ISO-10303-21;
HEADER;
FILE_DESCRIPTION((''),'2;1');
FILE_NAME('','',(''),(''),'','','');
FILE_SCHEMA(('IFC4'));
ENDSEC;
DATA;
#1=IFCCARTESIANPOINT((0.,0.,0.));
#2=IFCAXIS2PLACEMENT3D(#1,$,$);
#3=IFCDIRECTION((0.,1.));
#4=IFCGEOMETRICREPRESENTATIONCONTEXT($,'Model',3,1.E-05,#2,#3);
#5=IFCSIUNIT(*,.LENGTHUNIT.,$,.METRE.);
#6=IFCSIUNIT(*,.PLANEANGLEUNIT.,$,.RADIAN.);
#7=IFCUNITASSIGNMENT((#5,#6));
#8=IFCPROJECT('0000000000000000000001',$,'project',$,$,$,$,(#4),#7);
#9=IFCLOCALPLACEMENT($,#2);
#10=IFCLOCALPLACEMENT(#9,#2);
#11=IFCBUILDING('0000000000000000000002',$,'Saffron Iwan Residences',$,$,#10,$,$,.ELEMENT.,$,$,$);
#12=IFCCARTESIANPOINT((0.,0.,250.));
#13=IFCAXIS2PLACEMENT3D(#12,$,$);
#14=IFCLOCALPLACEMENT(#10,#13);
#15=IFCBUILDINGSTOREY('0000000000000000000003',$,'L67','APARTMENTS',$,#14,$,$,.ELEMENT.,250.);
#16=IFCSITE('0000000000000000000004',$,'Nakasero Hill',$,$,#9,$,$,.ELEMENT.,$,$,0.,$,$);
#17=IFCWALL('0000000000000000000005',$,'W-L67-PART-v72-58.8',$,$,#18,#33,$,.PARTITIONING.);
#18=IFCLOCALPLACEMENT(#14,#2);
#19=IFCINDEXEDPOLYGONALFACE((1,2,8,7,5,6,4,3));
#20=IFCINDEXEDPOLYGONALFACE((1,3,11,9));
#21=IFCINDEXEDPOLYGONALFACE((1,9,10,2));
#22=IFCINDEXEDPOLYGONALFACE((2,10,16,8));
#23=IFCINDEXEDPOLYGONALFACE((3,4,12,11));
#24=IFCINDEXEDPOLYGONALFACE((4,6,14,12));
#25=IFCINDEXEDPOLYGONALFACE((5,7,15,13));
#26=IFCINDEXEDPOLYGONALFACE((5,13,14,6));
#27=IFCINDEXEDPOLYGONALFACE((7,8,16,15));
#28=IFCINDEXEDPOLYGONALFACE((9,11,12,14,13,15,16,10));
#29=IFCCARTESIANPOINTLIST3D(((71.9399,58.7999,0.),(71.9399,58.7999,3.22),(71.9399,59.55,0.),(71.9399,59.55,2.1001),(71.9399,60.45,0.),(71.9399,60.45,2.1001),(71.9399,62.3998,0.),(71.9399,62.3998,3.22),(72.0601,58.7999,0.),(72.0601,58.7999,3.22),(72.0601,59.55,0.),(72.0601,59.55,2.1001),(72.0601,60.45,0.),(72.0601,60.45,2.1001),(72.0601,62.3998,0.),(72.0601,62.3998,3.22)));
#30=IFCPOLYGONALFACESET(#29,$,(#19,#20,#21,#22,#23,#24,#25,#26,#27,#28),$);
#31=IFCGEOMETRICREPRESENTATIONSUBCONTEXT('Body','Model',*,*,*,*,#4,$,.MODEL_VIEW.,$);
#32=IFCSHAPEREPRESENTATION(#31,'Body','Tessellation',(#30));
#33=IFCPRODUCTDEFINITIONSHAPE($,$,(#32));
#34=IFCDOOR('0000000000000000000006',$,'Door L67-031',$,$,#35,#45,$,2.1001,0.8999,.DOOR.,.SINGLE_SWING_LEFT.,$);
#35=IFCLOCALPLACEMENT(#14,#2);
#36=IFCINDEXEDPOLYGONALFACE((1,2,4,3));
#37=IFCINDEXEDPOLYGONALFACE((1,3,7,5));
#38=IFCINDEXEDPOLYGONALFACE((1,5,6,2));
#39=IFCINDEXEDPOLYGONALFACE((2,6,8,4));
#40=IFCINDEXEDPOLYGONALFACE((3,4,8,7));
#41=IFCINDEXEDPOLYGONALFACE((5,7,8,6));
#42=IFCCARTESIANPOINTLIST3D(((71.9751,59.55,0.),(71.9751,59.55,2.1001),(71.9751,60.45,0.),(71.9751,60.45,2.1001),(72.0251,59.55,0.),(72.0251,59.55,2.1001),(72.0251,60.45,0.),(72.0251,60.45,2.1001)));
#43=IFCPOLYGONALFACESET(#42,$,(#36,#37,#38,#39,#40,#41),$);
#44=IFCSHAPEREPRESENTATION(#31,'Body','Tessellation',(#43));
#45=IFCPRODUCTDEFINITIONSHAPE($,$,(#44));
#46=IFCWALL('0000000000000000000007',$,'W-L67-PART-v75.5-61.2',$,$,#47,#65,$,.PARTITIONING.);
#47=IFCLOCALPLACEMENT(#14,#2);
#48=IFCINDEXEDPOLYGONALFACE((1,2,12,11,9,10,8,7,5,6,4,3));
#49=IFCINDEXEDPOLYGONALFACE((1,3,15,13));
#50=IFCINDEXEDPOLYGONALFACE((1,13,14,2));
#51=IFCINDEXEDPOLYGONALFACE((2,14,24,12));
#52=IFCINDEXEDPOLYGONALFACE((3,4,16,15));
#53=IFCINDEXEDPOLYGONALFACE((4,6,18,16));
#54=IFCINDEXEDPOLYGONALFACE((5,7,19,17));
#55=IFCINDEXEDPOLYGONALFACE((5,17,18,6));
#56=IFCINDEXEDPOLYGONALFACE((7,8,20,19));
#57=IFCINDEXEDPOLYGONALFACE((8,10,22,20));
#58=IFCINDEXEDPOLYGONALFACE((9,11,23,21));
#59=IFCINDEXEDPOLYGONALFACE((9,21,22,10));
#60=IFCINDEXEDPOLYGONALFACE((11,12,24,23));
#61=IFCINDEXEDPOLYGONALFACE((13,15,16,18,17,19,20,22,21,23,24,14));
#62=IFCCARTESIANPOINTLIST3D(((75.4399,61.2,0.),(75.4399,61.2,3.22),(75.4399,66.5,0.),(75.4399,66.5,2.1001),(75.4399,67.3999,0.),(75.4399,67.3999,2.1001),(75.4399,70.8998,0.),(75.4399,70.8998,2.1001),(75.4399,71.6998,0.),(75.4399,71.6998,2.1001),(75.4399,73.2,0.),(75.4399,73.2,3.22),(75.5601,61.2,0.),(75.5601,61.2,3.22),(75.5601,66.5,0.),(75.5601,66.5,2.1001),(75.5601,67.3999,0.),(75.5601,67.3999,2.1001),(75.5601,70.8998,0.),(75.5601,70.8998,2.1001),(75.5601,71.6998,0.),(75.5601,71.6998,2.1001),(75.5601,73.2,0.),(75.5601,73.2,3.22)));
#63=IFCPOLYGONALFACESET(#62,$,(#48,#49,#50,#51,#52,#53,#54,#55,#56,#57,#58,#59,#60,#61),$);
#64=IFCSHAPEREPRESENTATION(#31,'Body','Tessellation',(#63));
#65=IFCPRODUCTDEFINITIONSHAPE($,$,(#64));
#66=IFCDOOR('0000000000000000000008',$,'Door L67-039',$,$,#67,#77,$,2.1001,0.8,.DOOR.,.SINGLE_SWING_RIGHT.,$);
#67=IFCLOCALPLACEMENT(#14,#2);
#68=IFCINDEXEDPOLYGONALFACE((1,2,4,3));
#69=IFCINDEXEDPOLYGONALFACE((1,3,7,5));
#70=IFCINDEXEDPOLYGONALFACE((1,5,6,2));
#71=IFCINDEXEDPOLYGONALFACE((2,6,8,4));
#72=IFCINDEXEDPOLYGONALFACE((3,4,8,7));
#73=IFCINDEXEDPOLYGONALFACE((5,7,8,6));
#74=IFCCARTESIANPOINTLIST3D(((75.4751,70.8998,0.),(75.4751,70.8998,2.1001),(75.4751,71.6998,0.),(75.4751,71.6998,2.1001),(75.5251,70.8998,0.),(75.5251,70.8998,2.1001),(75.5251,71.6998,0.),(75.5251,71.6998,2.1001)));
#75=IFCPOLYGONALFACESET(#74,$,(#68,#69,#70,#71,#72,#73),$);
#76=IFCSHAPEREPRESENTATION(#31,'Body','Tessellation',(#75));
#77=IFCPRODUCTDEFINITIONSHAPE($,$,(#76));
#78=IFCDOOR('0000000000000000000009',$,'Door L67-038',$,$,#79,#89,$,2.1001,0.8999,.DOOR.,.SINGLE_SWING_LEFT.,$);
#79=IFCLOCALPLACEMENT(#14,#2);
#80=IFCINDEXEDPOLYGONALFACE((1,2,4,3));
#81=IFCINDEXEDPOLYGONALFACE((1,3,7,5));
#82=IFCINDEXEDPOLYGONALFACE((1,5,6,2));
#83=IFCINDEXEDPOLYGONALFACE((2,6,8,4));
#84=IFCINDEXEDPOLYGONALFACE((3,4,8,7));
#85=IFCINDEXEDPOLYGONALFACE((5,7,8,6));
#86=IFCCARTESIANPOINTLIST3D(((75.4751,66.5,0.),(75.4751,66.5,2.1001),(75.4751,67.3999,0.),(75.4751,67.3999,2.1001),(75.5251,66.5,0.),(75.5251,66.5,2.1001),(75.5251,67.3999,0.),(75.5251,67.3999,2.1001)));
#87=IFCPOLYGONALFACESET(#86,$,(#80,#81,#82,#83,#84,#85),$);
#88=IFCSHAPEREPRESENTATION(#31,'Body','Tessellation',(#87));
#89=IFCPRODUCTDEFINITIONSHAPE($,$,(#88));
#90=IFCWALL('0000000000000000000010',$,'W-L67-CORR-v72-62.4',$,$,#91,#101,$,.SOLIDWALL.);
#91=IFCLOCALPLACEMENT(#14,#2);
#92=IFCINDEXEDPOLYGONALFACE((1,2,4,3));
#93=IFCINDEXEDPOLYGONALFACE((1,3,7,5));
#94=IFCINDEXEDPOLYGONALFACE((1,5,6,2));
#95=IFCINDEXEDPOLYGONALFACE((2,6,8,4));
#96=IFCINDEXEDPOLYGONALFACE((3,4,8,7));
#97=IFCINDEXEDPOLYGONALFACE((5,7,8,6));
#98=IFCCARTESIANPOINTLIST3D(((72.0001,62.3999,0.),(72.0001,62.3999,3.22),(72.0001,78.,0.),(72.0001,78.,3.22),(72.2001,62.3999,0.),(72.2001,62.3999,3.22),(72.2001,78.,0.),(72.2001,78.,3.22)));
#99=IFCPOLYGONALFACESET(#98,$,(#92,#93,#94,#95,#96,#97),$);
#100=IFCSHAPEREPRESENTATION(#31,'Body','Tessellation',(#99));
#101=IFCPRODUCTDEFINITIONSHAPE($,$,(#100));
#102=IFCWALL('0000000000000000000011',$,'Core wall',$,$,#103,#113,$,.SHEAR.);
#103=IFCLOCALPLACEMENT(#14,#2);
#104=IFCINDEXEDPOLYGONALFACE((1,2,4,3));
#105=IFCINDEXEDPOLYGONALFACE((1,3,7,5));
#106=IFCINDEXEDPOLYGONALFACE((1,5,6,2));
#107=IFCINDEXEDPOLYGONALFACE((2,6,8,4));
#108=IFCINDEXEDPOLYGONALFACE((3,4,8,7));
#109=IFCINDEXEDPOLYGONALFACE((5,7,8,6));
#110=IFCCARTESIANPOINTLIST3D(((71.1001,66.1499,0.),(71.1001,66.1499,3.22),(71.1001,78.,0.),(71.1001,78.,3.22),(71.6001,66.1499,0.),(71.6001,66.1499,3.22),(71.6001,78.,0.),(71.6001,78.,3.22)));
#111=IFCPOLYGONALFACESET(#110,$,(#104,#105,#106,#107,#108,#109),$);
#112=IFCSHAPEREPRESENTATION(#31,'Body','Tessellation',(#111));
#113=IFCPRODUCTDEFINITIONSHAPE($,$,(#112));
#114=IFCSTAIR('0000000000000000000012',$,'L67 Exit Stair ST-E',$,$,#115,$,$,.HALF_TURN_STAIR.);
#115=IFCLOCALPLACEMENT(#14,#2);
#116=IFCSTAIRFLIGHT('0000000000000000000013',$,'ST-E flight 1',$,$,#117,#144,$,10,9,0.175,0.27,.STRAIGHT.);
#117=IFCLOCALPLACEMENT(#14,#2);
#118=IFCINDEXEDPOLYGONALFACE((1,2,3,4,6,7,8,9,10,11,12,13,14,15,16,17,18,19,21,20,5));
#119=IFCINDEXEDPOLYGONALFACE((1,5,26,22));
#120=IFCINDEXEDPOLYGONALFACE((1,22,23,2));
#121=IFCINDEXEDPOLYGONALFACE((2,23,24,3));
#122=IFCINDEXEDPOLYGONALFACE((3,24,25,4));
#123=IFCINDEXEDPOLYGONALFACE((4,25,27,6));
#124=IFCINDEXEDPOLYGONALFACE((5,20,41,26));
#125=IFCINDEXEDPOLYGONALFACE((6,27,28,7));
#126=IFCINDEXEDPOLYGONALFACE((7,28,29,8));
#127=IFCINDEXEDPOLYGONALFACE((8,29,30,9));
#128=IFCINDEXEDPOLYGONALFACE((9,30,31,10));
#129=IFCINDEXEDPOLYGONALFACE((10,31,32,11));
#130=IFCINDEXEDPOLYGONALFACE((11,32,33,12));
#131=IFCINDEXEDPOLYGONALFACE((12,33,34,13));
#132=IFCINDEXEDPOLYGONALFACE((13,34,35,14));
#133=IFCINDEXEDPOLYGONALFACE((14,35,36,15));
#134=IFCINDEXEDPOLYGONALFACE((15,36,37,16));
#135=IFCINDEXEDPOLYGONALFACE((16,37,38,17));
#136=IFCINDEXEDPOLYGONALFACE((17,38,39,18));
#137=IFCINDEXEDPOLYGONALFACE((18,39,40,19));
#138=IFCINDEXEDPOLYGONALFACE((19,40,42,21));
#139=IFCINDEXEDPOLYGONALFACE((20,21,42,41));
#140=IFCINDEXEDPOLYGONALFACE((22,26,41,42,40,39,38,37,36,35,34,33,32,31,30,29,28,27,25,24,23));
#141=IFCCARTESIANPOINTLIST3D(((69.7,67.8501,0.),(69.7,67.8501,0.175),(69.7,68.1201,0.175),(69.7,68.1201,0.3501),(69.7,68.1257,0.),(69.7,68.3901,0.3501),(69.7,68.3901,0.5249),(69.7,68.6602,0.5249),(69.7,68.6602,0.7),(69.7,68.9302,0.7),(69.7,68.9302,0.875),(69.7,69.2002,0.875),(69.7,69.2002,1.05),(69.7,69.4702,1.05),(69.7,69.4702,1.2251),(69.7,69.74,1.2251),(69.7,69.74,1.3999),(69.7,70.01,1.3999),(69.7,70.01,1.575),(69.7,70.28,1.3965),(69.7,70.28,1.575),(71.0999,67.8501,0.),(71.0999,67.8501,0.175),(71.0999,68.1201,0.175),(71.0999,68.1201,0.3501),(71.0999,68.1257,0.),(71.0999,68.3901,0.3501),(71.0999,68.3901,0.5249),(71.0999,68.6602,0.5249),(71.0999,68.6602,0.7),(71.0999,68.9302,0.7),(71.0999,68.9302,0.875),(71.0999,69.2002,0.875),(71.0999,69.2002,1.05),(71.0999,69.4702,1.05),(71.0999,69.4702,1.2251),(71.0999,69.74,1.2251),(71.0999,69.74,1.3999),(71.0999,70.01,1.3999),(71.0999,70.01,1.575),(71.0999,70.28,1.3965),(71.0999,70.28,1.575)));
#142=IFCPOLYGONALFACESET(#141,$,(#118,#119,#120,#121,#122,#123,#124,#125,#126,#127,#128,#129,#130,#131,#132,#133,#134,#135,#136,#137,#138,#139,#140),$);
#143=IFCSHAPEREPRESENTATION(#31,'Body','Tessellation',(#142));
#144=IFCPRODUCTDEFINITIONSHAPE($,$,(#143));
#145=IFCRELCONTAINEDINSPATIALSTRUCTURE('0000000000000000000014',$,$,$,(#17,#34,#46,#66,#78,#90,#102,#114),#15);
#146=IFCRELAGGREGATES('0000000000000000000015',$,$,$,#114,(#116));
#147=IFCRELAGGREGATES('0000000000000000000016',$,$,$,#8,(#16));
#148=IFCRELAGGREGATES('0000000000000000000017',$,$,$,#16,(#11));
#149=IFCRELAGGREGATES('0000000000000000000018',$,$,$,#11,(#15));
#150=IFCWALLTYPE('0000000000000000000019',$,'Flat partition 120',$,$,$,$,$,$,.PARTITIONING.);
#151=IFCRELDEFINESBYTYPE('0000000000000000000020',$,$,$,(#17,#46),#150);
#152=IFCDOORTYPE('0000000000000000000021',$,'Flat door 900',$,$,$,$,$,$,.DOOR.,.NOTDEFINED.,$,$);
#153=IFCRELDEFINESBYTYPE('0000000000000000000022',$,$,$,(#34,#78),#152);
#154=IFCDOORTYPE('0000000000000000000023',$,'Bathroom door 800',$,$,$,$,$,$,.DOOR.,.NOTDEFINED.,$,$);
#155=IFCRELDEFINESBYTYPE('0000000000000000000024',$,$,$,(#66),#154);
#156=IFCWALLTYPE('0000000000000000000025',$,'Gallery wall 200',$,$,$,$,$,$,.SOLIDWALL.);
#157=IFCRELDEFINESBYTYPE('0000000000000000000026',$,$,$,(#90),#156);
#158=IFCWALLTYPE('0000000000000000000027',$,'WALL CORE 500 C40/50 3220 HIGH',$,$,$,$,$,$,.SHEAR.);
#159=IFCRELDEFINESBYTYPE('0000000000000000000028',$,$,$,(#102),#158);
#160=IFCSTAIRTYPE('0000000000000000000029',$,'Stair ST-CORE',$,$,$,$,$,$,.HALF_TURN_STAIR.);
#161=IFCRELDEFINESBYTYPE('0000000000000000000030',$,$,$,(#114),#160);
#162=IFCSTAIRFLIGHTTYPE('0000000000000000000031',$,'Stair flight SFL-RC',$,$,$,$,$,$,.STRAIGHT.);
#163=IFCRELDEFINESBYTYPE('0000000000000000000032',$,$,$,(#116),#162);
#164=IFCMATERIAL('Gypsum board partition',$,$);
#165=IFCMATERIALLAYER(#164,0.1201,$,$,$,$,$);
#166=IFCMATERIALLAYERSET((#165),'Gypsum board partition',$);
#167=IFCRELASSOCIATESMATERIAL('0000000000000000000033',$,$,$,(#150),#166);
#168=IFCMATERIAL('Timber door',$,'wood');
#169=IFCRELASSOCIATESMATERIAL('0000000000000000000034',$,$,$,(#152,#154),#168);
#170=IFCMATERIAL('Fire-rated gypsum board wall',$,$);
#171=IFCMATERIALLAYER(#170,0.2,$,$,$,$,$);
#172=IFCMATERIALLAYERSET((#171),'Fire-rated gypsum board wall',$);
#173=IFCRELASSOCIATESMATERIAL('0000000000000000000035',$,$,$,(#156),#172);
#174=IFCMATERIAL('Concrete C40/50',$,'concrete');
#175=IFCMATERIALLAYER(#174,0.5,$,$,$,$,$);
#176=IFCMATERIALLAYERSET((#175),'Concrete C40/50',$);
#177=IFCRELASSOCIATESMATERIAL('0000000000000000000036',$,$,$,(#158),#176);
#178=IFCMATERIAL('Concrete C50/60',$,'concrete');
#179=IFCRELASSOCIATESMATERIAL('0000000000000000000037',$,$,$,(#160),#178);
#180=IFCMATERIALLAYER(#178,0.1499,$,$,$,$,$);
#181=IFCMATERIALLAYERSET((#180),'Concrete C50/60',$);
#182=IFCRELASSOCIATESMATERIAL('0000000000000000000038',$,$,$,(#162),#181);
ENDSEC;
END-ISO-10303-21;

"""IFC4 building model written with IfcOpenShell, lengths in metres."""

from ifc_helpers import new_model, si_unit, direction, frame, frame_2d, origin, place, context, subcontext, project, spatial, polyline, rectangle, outline, extrude, material, layer, layer_set, type_object, element, fill, aggregate, save


model = new_model("IFC4")

# Units and contexts
model_context = context("Model", 3, precision=1e-05, world=origin(), true_north=direction((0.0, 1.0)))
body_context = subcontext(model_context, "Body", "Model", "MODEL_VIEW")
ifc_project = project(units=[si_unit("LENGTHUNIT", "METRE"), si_unit("PLANEANGLEUNIT", "RADIAN")], contexts=[model_context])

# Site, building, storey
site_placement = place(None, origin())
site = spatial("IfcSite", under=ifc_project, at=site_placement, Name="Nakasero Hill", CompositionType="ELEMENT", RefElevation=0.0)
building_placement = place(site_placement, origin())
building = spatial("IfcBuilding", under=site, at=building_placement, Name="Saffron Iwan Residences", CompositionType="ELEMENT")
storey_placement = place(building_placement, frame((0.0, 0.0, 250.0)))
storey = spatial("IfcBuildingStorey", under=building, at=storey_placement, Name="L67", Description="APARTMENTS", CompositionType="ELEMENT", Elevation=250.0)

# Shared definitions
ifc_material_1 = material(Name="Concrete C40/50", Category="concrete")

# Shared definitions
ifc_material_2 = material(Name="Fire-rated gypsum board wall")

# Shared definitions
ifc_material_3 = material(Name="Gypsum board partition")
ifc_layer_1 = layer(ifc_material_3, 0.1201)
ifc_layer_set_1 = layer_set([ifc_layer_1], Name="Gypsum board partition")
wall_type_1 = type_object("IfcWallType", Name="Flat partition 120", PredefinedType="PARTITIONING", material=ifc_layer_set_1)
ifc_material_4 = material(Name="Timber door", Category="wood")
door_type_1 = type_object("IfcDoorType", Name="Flat door 900", OperationType="NOTDEFINED", PredefinedType="DOOR", material=ifc_material_4)

# Wall, opening, door
wall_1_placement = place(storey_placement, frame((72.0, 58.8, 0.0), z_axis=(0.0, 0.0, 1.0), x_axis=(0.0, 1.0, 0.0)))
wall_1 = element("IfcWall", 1, at=wall_1_placement, inside=storey, type_object=wall_type_1, Name="W-L67-PART-v72-58.8", PredefinedType="PARTITIONING", context=body_context, shape_type="SweptSolid", body=[
    extrude(rectangle(XDim=3.5999, YDim=0.1201, at=frame_2d((1.7998, 0.0))), origin(), (0.0, 0.0, 1.0), 3.22),
])
opening_1_placement = place(wall_1_placement, frame((0.75, 0.0, 0.0)))
opening_1 = element("IfcOpeningElement", 2, at=opening_1_placement, cuts=wall_1, PredefinedType="OPENING", context=body_context, shape_type="SweptSolid", body=[
    extrude(rectangle(XDim=0.8999, YDim=2.1001, at=frame_2d((0.45, 1.05))), frame((0.0, 0.0701, 0.0), z_axis=(0.0, -1.0, 0.0), x_axis=(1.0, 0.0, 0.0)), (0.0, 0.0, 1.0), 0.1401),
])
door_1_placement = place(opening_1_placement, origin())
door_1 = element("IfcDoor", 3, at=door_1_placement, inside=storey, type_object=door_type_1, Name="Door L67-031", OperationType="SINGLE_SWING_LEFT", OverallHeight=2.1001, OverallWidth=0.8999, PredefinedType="DOOR", context=body_context, shape_type="SweptSolid", body=[
    extrude(rectangle(XDim=0.8999, YDim=2.1001, at=frame_2d((0.45, 1.05))), frame((0.0, 0.0249, 0.0), z_axis=(0.0, -1.0, 0.0), x_axis=(1.0, 0.0, 0.0)), (0.0, 0.0, 1.0), 0.05),
])
fill(opening_1, door_1)

# Wall, openings, doors
wall_2_placement = place(storey_placement, frame((75.5, 61.2, 0.0), z_axis=(0.0, 0.0, 1.0), x_axis=(0.0, 1.0, 0.0)))
wall_2 = element("IfcWall", 4, at=wall_2_placement, inside=storey, type_object=wall_type_1, Name="W-L67-PART-v75.5-61.2", PredefinedType="PARTITIONING", context=body_context, shape_type="SweptSolid", body=[
    extrude(rectangle(XDim=12.0, YDim=0.1201, at=frame_2d((6.0, 0.0))), origin(), (0.0, 0.0, 1.0), 3.22),
])
opening_2_placement = place(wall_2_placement, frame((5.3, 0.0, 0.0)))
opening_2 = element("IfcOpeningElement", 5, at=opening_2_placement, cuts=wall_2, PredefinedType="OPENING", context=body_context, shape_type="SweptSolid", body=[
    extrude(rectangle(XDim=0.8999, YDim=2.1001, at=frame_2d((0.45, 1.05))), frame((0.0, 0.0701, 0.0), z_axis=(0.0, -1.0, 0.0), x_axis=(1.0, 0.0, 0.0)), (0.0, 0.0, 1.0), 0.1401),
])
opening_3_placement = place(wall_2_placement, frame((9.7, 0.0, 0.0)))
opening_3 = element("IfcOpeningElement", 6, at=opening_3_placement, cuts=wall_2, PredefinedType="OPENING", context=body_context, shape_type="SweptSolid", body=[
    extrude(rectangle(XDim=0.8, YDim=2.1001, at=frame_2d((0.3999, 1.05))), frame((0.0, 0.0701, 0.0), z_axis=(0.0, -1.0, 0.0), x_axis=(1.0, 0.0, 0.0)), (0.0, 0.0, 1.0), 0.1401),
])
door_type_2 = type_object("IfcDoorType", Name="Bathroom door 800", OperationType="NOTDEFINED", PredefinedType="DOOR", material=ifc_material_4)
door_2_placement = place(opening_3_placement, origin())
door_2 = element("IfcDoor", 7, at=door_2_placement, inside=storey, type_object=door_type_2, Name="Door L67-039", OperationType="SINGLE_SWING_RIGHT", OverallHeight=2.1001, OverallWidth=0.8, PredefinedType="DOOR", context=body_context, shape_type="SweptSolid", body=[
    extrude(rectangle(XDim=0.8, YDim=2.1001, at=frame_2d((0.3999, 1.05))), frame((0.0, 0.0249, 0.0), z_axis=(0.0, -1.0, 0.0), x_axis=(1.0, 0.0, 0.0)), (0.0, 0.0, 1.0), 0.05),
])
fill(opening_3, door_2)
door_3_placement = place(opening_2_placement, origin())
door_3 = element("IfcDoor", 8, at=door_3_placement, inside=storey, type_object=door_type_1, Name="Door L67-038", OperationType="SINGLE_SWING_LEFT", OverallHeight=2.1001, OverallWidth=0.8999, PredefinedType="DOOR", context=body_context, shape_type="SweptSolid", body=[
    extrude(rectangle(XDim=0.8999, YDim=2.1001, at=frame_2d((0.45, 1.05))), frame((0.0, 0.0249, 0.0), z_axis=(0.0, -1.0, 0.0), x_axis=(1.0, 0.0, 0.0)), (0.0, 0.0, 1.0), 0.05),
])
fill(opening_2, door_3)

# Walls
ifc_layer_2 = layer(ifc_material_2, 0.2)
ifc_layer_set_2 = layer_set([ifc_layer_2], Name="Fire-rated gypsum board wall")
wall_type_2 = type_object("IfcWallType", Name="Gallery wall 200", PredefinedType="SOLIDWALL", material=ifc_layer_set_2)
wall_3_placement = place(storey_placement, frame((72.1001, 62.3999, 0.0), z_axis=(0.0, 0.0, 1.0), x_axis=(0.0, 1.0, 0.0)))
element("IfcWall", 9, at=wall_3_placement, inside=storey, type_object=wall_type_2, Name="W-L67-CORR-v72-62.4", PredefinedType="SOLIDWALL", context=body_context, shape_type="SweptSolid", body=[
    extrude(rectangle(XDim=15.6001, YDim=0.2, at=frame_2d((7.8, 0.0))), origin(), (0.0, 0.0, 1.0), 3.22),
])
ifc_layer_3 = layer(ifc_material_1, 0.5)
ifc_layer_set_3 = layer_set([ifc_layer_3], Name="Concrete C40/50")
wall_type_3 = type_object("IfcWallType", Name="WALL CORE 500 C40/50 3220 HIGH", PredefinedType="SHEAR", material=ifc_layer_set_3)
wall_4_placement = place(storey_placement, frame((71.3501, 66.1499, 0.0), z_axis=(0.0, 0.0, 1.0), x_axis=(0.0, 1.0, 0.0)))
element("IfcWall", 10, at=wall_4_placement, inside=storey, type_object=wall_type_3, Name="Core wall", PredefinedType="SHEAR", context=body_context, shape_type="SweptSolid", body=[
    extrude(rectangle(XDim=11.8501, YDim=0.5, at=frame_2d((5.925, 0.0))), origin(), (0.0, 0.0, 1.0), 3.22),
])

# Stair, stair flight
ifc_material_5 = material(Name="Concrete C50/60", Category="concrete")
stair_type = type_object("IfcStairType", Name="Stair ST-CORE", PredefinedType="HALF_TURN_STAIR", material=ifc_material_5)
stair_placement = place(storey_placement, origin())
stair = element("IfcStair", 11, at=stair_placement, inside=storey, type_object=stair_type, Name="L67 Exit Stair ST-E", PredefinedType="HALF_TURN_STAIR")
ifc_layer_4 = layer(ifc_material_5, 0.1499)
ifc_layer_set_4 = layer_set([ifc_layer_4], Name="Concrete C50/60")
stair_flight_type = type_object("IfcStairFlightType", Name="Stair flight SFL-RC", PredefinedType="STRAIGHT", material=ifc_layer_set_4)
stair_flight_placement = place(storey_placement, frame((70.3999, 67.8501, 0.0), z_axis=(0.0, 0.0, 1.0), x_axis=(0.0, 1.0, 0.0)))
stair_flight = element("IfcStairFlight", 12, at=stair_flight_placement, type_object=stair_flight_type, Name="ST-E flight 1", NumberOfRisers=10, NumberOfTreads=9, PredefinedType="STRAIGHT", RiserHeight=0.175, TreadLength=0.27, context=body_context, shape_type="SweptSolid", body=[
    extrude(outline(polyline([(0.0, 0.0), (0.0, 0.175), (0.27, 0.175), (0.27, 0.3501), (0.54, 0.3501), (0.54, 0.5249), (0.8101, 0.5249), (0.8101, 0.7), (1.0801, 0.7), (1.0801, 0.875), (1.3501, 0.875), (1.3501, 1.05), (1.6201, 1.05), (1.6201, 1.2251), (1.8899, 1.2251), (1.8899, 1.3999), (2.1599, 1.3999), (2.1599, 1.575), (2.4299, 1.575), (2.4299, 1.75), (2.4299, 1.3965), (0.2756, 0.0), (0.0, 0.0)])), frame((0.0, 0.7, 0.0), z_axis=(0.0, -1.0, 0.0), x_axis=(1.0, 0.0, 0.0)), (0.0, 0.0, 1.0), 1.3999),
])
aggregate(stair, [stair_flight])

save(model, "model.ifc")
